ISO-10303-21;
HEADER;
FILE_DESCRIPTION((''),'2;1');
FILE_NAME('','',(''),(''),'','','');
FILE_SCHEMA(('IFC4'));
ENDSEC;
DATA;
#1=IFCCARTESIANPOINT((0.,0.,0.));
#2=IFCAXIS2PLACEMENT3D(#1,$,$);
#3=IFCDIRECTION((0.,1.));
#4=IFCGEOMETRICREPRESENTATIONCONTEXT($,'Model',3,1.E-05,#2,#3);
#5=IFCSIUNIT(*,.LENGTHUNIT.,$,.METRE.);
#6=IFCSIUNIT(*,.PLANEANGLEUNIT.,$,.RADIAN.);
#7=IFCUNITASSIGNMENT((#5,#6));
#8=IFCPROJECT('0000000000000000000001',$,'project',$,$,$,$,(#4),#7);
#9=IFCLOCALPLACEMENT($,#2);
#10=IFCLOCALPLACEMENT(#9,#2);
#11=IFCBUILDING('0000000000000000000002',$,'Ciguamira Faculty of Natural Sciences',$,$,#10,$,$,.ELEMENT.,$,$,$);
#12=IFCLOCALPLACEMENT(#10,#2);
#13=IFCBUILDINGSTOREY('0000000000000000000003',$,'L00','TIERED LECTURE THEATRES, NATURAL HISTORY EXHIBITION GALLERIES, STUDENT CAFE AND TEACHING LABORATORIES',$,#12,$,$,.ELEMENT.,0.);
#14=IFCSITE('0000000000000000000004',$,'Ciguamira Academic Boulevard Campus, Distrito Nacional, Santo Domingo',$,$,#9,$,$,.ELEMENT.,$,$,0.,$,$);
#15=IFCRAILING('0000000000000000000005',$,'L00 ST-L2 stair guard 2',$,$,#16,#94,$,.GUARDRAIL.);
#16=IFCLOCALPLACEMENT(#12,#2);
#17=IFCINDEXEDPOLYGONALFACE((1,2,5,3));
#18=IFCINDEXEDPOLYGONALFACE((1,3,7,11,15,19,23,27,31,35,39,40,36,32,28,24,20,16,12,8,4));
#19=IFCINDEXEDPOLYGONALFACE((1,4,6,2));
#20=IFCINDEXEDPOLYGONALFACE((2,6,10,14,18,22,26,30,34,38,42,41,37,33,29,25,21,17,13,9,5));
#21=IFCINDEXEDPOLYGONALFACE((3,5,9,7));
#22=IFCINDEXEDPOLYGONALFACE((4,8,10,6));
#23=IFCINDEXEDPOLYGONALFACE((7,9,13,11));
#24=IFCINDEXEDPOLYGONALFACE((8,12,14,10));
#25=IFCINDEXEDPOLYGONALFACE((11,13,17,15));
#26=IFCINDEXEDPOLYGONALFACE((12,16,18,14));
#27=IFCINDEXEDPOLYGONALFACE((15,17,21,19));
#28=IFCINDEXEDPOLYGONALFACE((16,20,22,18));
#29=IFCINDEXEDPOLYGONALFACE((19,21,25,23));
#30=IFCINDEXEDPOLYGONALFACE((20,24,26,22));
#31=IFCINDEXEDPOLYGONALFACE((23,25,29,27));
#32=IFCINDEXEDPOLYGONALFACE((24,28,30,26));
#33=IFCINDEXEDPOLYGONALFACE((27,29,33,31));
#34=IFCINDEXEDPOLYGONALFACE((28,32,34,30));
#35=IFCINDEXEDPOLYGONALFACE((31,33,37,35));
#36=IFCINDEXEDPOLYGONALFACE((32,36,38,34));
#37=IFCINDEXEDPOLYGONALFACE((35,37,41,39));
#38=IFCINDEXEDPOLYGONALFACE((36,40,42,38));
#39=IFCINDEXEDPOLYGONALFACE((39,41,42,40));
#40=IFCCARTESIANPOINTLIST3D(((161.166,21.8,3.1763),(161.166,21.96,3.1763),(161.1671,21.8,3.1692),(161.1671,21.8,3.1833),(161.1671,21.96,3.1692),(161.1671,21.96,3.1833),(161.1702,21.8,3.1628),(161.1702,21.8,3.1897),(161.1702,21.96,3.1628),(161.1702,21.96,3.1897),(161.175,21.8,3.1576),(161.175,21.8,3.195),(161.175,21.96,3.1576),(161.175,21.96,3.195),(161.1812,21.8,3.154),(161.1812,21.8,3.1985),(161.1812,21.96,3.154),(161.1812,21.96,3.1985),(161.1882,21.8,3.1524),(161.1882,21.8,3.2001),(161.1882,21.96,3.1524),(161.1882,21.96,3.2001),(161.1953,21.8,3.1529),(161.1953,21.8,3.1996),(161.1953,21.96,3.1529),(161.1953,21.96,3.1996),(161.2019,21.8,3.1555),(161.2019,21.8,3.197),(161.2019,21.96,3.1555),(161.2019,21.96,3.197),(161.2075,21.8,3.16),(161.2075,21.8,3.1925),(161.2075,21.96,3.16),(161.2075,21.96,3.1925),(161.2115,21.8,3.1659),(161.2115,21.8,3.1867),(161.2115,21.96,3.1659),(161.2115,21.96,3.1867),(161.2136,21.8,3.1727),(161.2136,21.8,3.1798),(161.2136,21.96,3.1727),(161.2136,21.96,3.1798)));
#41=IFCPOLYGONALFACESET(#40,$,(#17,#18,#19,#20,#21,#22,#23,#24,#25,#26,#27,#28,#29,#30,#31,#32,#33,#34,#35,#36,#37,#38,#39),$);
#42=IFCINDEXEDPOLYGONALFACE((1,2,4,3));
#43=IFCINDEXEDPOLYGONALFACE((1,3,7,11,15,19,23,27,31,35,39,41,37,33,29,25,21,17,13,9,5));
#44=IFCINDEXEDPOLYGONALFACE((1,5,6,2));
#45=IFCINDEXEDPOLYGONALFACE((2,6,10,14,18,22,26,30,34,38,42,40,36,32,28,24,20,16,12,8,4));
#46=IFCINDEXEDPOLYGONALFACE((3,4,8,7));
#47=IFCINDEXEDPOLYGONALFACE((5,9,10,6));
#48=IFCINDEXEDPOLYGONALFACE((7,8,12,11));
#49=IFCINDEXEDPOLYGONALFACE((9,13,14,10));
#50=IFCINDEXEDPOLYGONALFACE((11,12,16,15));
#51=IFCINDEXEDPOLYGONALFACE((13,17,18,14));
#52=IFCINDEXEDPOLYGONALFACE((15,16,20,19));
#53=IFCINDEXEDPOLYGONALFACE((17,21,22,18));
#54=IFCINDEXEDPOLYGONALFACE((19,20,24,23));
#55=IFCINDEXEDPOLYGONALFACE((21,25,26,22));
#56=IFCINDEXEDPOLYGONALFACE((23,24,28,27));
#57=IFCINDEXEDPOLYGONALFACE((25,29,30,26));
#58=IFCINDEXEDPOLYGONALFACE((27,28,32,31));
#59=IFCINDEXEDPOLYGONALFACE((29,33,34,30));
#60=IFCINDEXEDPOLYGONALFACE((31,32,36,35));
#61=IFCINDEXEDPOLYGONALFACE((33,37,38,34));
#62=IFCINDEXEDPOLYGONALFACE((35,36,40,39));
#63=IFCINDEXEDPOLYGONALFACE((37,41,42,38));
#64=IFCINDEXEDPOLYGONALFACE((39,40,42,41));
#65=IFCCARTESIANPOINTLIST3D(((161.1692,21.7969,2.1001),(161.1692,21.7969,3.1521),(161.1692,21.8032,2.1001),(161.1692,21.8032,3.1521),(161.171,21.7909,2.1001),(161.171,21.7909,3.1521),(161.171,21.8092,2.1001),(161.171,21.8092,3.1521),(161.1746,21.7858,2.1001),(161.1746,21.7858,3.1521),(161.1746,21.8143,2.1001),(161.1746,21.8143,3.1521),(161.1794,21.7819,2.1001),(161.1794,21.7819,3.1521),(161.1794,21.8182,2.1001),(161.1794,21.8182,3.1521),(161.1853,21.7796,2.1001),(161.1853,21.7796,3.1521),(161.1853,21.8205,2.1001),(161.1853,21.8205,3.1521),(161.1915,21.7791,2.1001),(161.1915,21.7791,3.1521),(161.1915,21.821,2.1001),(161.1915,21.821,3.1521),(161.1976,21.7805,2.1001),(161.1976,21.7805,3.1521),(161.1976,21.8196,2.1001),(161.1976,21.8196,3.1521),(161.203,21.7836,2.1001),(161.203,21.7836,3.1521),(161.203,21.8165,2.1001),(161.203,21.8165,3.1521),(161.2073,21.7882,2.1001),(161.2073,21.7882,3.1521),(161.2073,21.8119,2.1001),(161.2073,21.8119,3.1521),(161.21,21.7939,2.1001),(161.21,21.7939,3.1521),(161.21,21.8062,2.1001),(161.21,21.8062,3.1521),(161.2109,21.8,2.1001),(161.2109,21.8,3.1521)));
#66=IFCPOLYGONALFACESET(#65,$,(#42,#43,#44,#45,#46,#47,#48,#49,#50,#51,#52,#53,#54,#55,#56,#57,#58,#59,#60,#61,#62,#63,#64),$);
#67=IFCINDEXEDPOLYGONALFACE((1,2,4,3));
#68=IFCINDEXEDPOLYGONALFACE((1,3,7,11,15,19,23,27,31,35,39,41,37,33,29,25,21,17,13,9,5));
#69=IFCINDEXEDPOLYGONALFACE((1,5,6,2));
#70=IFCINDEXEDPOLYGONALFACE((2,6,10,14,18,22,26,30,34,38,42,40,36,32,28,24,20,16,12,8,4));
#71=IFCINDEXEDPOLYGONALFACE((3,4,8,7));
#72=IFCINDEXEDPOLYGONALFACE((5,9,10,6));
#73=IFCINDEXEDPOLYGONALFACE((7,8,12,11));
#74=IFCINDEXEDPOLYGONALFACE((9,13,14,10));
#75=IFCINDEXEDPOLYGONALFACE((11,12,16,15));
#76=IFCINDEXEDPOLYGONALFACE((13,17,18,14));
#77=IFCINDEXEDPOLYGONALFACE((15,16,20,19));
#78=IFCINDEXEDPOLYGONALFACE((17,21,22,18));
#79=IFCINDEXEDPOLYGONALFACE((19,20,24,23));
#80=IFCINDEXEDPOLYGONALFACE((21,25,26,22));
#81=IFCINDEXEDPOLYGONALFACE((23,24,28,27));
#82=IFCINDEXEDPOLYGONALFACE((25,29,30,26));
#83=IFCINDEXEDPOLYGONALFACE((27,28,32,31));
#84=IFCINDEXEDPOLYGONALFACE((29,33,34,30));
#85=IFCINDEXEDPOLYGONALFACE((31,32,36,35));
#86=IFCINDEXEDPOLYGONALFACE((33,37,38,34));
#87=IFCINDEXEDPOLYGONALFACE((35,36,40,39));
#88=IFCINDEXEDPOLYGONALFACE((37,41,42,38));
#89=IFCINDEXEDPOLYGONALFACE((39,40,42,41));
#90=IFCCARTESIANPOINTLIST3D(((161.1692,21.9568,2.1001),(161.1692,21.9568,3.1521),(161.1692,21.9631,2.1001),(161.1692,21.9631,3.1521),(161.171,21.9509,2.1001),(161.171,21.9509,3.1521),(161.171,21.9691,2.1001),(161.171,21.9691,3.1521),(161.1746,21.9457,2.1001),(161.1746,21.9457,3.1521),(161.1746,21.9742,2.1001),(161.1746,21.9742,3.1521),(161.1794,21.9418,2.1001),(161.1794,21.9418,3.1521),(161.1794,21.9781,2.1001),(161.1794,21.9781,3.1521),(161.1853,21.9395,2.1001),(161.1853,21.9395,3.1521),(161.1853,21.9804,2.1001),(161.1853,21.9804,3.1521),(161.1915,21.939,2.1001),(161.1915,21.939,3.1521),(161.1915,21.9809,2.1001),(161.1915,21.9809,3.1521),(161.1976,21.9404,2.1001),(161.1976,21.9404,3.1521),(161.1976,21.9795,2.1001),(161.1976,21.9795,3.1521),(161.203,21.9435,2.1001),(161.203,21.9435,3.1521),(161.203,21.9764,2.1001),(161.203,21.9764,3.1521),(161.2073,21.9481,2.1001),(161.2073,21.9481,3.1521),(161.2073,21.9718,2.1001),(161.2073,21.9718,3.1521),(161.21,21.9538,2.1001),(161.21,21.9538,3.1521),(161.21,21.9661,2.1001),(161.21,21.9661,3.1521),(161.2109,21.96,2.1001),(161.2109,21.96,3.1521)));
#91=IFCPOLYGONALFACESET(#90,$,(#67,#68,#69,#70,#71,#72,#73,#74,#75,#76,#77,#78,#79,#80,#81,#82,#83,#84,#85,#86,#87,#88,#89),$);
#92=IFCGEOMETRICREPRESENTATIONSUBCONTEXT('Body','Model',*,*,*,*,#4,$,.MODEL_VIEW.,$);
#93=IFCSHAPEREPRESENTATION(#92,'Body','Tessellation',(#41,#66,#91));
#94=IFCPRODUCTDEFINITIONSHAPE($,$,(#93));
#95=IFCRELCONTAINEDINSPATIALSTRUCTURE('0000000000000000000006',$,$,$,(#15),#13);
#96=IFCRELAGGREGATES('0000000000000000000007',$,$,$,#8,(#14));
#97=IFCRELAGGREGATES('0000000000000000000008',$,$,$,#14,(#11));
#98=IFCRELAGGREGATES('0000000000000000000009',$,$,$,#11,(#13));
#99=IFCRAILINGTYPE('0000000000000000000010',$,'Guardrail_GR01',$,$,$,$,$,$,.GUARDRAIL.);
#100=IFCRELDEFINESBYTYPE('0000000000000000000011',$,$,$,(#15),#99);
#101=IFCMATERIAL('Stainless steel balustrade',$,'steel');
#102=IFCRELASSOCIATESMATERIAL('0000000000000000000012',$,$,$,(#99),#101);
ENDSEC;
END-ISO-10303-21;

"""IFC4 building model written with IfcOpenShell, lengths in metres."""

from ifc_helpers import new_model, si_unit, direction, frame, origin, origin_2d, place, context, subcontext, project, spatial, circle, extrude, material, type_object, element, save


model = new_model("IFC4")

# Units and contexts
model_context = context("Model", 3, precision=1e-05, world=origin(), true_north=direction((0.0, 1.0)))
body_context = subcontext(model_context, "Body", "Model", "MODEL_VIEW")
ifc_project = project(units=[si_unit("LENGTHUNIT", "METRE"), si_unit("PLANEANGLEUNIT", "RADIAN")], contexts=[model_context])

# Site, building, storey
site_placement = place(None, origin())
site = spatial("IfcSite", under=ifc_project, at=site_placement, Name="Ciguamira Academic Boulevard Campus, Distrito Nacional, Santo Domingo", CompositionType="ELEMENT", RefElevation=0.0)
building_placement = place(site_placement, origin())
building = spatial("IfcBuilding", under=site, at=building_placement, Name="Ciguamira Faculty of Natural Sciences", CompositionType="ELEMENT")
storey_placement = place(building_placement, origin())
storey = spatial("IfcBuildingStorey", under=building, at=storey_placement, Name="L00", Description="TIERED LECTURE THEATRES, NATURAL HISTORY EXHIBITION GALLERIES, STUDENT CAFE AND TEACHING LABORATORIES", CompositionType="ELEMENT", Elevation=0.0)

# Railing
ifc_material_1 = material(Name="Stainless steel balustrade", Category="steel")
railing_type_1 = type_object("IfcRailingType", Name="Guardrail_GR01", PredefinedType="GUARDRAIL", material=ifc_material_1)
railing_1_placement = place(storey_placement, frame((161.1899, 21.8, 2.1001)))
element("IfcRailing", 1, at=railing_1_placement, inside=storey, type_object=railing_type_1, Name="L00 ST-L2 stair guard 2", PredefinedType="GUARDRAIL", context=body_context, shape_type="SweptSolid", body=[
    extrude(circle(Radius=0.0239, at=origin_2d()), frame((0.0, 0.0, 1.0762), z_axis=(0.0, 1.0, 0.0), x_axis=(-1.0, 0.0, 0.0)), (0.0, 0.0, 1.0), 0.1599),
    extrude(circle(Radius=0.021, at=origin_2d()), origin(), (0.0, 0.0, 1.0), 1.052),
    extrude(circle(Radius=0.021, at=origin_2d()), frame((0.0, 0.1599, 0.0)), (0.0, 0.0, 1.0), 1.052),
])

save(model, "model.ifc")
